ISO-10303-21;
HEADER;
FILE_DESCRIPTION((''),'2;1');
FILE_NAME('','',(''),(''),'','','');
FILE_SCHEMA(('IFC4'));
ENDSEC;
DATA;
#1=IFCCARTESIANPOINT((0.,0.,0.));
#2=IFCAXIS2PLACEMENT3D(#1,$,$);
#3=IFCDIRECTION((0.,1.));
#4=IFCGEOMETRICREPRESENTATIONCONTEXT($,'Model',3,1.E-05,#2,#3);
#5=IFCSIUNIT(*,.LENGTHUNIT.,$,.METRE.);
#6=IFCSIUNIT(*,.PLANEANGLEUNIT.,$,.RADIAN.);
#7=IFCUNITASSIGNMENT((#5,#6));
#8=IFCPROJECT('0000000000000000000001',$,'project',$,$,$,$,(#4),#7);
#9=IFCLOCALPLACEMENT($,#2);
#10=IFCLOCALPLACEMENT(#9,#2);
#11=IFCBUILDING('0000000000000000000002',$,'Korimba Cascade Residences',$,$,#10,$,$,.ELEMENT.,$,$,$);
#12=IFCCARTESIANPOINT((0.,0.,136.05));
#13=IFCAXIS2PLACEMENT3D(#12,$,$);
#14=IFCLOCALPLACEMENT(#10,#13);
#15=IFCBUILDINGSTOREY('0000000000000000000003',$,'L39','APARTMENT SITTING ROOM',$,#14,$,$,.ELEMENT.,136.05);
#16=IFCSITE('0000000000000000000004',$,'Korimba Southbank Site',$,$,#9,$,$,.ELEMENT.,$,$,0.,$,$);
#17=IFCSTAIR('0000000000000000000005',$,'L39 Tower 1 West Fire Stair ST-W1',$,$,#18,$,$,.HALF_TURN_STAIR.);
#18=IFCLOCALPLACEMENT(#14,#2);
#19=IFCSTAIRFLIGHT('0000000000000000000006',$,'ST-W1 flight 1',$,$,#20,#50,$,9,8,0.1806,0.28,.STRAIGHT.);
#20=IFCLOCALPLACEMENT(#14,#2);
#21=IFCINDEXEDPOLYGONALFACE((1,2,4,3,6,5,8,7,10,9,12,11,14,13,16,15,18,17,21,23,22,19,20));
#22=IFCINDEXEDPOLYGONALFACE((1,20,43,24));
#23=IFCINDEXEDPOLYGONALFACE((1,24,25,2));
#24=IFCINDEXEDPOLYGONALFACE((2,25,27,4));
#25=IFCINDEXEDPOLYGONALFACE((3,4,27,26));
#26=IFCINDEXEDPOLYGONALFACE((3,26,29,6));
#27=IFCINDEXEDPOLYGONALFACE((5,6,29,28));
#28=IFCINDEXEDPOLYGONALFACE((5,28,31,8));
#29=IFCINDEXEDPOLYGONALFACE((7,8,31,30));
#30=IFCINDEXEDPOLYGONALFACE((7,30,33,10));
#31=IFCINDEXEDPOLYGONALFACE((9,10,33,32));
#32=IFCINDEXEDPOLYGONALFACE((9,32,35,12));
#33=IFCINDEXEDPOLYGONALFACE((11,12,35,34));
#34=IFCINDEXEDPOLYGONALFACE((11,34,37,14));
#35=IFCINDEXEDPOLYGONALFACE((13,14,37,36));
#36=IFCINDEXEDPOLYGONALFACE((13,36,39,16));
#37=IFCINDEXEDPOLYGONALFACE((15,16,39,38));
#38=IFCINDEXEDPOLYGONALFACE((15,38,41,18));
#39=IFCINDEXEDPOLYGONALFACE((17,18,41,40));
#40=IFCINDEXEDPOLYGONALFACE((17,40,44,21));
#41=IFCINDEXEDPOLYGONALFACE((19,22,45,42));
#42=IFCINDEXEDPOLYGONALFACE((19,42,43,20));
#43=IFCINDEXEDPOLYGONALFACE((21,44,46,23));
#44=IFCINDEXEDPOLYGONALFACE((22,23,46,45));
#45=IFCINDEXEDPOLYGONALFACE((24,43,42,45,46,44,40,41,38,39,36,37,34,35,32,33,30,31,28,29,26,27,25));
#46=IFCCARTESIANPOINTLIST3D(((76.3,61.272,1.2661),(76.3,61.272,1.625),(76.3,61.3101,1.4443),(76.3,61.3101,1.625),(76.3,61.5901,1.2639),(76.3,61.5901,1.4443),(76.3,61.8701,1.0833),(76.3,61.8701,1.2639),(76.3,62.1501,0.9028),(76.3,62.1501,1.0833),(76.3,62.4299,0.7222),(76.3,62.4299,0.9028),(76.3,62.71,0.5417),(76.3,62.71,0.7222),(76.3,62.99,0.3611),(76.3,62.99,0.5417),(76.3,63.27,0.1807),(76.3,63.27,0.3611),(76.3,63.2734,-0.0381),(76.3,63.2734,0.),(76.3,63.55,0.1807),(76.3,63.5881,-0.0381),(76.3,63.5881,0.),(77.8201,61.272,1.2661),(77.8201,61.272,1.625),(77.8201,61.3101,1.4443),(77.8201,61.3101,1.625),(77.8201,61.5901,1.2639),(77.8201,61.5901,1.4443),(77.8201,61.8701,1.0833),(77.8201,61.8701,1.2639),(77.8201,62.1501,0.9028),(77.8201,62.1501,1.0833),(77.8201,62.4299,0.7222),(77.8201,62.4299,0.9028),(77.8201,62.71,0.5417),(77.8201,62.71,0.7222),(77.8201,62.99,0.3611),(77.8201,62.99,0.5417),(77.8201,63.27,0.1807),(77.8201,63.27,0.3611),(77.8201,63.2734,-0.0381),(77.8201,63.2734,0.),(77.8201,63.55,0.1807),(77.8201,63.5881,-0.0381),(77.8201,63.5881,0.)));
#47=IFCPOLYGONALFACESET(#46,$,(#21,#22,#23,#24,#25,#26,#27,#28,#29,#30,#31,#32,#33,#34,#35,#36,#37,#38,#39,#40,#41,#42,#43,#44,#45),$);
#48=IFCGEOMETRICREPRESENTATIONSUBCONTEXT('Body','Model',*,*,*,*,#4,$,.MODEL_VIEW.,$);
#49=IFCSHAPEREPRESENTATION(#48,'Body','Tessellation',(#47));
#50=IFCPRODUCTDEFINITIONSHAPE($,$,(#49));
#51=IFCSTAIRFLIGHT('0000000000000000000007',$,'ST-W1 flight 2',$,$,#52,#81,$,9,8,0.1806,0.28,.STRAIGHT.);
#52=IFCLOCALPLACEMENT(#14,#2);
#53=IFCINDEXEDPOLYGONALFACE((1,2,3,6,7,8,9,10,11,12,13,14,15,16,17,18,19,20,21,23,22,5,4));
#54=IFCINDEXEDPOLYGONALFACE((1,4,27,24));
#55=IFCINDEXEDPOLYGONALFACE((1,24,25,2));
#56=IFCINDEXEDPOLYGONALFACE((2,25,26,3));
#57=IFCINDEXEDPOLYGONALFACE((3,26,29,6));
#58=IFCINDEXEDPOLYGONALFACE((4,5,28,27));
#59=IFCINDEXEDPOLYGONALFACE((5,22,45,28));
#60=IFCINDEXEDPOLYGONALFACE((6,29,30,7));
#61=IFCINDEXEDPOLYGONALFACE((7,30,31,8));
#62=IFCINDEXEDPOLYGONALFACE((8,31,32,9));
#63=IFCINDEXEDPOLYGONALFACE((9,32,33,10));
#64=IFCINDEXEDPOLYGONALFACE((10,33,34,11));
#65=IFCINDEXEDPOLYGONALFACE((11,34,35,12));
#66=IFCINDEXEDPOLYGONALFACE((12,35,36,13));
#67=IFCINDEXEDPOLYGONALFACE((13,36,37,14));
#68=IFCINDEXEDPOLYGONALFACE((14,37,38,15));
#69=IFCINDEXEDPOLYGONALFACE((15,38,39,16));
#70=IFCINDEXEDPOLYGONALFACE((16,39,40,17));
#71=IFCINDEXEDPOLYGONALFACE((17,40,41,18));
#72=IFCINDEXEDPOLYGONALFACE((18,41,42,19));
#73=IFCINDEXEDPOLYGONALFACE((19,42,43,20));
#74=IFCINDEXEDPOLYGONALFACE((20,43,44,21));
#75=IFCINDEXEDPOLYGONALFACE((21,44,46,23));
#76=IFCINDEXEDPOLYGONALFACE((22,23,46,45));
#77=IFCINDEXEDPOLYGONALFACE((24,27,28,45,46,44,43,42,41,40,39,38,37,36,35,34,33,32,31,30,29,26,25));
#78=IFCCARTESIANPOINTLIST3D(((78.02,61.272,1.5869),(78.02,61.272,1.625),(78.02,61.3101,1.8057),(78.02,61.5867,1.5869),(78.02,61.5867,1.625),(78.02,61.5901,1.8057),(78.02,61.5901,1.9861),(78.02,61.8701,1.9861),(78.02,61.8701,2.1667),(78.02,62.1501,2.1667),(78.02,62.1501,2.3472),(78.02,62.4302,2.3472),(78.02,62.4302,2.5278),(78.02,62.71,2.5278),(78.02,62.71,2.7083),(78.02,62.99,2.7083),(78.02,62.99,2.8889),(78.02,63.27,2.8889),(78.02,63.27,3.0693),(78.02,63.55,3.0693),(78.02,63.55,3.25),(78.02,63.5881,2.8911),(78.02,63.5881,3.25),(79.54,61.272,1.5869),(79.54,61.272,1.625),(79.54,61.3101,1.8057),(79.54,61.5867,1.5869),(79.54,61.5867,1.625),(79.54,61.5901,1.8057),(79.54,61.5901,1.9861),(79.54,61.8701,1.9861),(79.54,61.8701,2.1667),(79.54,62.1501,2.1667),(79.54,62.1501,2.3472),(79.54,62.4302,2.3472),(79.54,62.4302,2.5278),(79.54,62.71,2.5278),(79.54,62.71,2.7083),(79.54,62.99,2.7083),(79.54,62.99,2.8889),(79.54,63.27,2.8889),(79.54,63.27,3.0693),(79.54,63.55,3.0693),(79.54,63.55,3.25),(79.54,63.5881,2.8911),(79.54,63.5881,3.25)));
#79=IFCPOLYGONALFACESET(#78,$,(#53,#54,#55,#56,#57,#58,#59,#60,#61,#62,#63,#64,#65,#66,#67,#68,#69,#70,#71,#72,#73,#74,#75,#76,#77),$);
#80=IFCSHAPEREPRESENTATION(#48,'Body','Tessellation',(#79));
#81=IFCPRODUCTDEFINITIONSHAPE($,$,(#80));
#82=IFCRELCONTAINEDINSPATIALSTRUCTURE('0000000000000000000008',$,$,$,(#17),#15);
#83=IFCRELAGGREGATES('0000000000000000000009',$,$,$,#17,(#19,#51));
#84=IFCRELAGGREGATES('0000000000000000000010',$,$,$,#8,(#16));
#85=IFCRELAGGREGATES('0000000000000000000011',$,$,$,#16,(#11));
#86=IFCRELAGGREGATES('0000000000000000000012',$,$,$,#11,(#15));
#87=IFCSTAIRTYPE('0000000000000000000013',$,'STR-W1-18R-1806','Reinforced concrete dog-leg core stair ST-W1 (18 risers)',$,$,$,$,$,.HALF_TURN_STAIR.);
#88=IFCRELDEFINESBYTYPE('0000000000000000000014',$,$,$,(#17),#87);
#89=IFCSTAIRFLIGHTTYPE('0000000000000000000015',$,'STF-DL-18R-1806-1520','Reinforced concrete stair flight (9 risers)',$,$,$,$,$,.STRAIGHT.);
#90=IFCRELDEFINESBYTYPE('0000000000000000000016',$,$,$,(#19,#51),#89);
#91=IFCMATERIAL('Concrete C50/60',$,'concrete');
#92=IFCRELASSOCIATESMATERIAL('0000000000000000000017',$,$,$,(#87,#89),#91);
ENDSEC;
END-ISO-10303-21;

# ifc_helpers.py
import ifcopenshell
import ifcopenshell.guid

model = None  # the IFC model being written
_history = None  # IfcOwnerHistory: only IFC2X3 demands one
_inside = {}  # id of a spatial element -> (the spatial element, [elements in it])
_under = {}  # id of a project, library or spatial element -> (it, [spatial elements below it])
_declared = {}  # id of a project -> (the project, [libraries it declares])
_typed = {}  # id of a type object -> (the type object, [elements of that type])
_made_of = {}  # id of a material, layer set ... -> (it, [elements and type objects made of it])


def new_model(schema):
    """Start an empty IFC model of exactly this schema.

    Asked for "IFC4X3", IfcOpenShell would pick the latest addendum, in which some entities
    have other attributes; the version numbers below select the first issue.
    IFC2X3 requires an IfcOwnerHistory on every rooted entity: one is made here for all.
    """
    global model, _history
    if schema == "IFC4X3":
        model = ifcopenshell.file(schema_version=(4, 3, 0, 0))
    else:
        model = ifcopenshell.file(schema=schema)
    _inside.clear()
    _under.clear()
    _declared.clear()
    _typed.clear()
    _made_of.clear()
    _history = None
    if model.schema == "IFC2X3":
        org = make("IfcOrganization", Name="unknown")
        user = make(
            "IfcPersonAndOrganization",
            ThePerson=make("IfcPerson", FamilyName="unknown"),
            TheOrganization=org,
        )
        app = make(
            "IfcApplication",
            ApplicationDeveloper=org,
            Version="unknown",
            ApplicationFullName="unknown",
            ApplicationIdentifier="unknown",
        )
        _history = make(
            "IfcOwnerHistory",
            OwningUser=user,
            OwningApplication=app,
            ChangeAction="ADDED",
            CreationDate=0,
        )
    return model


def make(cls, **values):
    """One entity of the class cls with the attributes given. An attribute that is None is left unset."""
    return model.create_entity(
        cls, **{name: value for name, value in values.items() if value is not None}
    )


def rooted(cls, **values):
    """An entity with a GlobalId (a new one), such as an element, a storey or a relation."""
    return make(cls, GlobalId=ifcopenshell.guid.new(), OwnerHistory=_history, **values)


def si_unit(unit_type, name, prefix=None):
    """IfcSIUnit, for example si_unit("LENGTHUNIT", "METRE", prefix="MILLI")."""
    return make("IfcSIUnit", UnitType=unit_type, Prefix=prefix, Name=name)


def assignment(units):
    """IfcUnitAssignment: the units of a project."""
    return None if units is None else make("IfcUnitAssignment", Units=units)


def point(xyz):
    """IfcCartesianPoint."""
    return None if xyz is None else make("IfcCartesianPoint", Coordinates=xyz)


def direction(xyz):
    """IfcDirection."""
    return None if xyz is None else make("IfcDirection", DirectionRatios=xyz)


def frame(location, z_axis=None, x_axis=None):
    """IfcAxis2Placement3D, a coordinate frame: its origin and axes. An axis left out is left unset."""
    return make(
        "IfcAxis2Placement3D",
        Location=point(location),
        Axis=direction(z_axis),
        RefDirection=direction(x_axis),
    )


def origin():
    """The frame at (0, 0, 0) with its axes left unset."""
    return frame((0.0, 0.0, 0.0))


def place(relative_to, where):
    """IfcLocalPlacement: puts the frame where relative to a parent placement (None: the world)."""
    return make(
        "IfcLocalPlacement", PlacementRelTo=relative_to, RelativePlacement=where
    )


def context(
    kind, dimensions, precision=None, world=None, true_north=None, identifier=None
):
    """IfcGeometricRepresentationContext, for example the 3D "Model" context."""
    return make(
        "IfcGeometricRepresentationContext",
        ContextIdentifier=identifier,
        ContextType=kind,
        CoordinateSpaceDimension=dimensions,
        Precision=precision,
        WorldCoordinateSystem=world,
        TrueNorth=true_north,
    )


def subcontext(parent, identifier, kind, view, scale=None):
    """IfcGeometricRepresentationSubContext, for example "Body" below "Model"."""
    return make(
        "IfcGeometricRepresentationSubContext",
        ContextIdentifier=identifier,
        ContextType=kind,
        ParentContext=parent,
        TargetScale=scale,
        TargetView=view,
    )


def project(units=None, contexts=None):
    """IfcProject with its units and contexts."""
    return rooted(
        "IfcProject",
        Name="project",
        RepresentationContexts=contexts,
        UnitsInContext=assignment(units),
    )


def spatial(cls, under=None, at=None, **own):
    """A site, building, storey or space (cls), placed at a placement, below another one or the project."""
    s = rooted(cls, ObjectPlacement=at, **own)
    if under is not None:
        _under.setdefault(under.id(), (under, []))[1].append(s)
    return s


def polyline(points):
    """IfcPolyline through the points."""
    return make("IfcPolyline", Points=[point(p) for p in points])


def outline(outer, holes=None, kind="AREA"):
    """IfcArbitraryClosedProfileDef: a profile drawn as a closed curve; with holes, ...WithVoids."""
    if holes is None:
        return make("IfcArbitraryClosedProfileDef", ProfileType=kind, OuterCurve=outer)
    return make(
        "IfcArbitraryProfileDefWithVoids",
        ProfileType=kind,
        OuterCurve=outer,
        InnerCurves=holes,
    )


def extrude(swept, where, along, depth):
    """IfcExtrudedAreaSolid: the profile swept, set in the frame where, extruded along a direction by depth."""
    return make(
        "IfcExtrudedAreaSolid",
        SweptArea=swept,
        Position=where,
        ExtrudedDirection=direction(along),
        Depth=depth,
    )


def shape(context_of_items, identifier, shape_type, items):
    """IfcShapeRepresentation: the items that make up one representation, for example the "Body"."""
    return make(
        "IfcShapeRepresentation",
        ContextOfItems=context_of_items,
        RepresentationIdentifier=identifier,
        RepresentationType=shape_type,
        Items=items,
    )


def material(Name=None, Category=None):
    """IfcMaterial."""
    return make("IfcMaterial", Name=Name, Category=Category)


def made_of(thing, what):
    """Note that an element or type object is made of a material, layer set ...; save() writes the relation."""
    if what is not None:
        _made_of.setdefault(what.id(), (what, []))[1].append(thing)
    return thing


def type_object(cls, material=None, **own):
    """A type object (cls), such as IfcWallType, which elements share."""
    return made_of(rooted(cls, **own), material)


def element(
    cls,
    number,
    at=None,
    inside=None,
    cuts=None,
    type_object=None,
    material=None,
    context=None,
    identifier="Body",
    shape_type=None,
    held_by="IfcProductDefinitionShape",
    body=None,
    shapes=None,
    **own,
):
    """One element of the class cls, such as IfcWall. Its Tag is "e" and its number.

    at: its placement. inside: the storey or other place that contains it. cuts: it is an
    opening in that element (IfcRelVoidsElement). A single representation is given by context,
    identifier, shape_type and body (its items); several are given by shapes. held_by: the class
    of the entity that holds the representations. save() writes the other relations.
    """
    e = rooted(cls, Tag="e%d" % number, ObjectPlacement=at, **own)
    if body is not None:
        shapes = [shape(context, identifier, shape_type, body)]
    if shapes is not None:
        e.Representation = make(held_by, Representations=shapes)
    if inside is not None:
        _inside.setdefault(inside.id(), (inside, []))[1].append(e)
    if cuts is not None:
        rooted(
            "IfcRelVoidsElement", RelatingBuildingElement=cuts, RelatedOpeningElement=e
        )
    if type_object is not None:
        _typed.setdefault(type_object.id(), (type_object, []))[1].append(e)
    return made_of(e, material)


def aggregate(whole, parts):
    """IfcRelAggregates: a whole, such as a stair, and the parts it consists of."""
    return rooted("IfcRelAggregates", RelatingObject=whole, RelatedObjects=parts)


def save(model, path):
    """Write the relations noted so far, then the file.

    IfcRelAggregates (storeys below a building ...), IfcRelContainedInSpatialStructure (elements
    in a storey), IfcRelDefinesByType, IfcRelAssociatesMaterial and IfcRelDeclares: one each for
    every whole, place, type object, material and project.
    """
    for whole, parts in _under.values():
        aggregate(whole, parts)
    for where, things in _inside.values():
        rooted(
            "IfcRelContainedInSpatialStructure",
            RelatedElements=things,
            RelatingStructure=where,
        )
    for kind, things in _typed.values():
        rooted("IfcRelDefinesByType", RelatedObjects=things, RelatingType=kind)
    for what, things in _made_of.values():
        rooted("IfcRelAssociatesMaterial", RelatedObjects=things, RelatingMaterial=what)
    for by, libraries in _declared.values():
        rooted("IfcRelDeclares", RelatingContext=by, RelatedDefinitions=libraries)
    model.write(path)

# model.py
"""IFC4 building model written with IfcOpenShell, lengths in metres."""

from ifc_helpers import new_model, si_unit, direction, frame, origin, place, context, subcontext, project, spatial, polyline, outline, extrude, material, type_object, element, aggregate, save


model = new_model("IFC4")

# Units and contexts
model_context = context("Model", 3, precision=1e-05, world=origin(), true_north=direction((0.0, 1.0)))
body_context = subcontext(model_context, "Body", "Model", "MODEL_VIEW")
ifc_project = project(units=[si_unit("LENGTHUNIT", "METRE"), si_unit("PLANEANGLEUNIT", "RADIAN")], contexts=[model_context])

# Site, building, storey
site_placement = place(None, origin())
site = spatial("IfcSite", under=ifc_project, at=site_placement, Name="Korimba Southbank Site", CompositionType="ELEMENT", RefElevation=0.0)
building_placement = place(site_placement, origin())
building = spatial("IfcBuilding", under=site, at=building_placement, Name="Korimba Cascade Residences", CompositionType="ELEMENT")
storey_placement = place(building_placement, frame((0.0, 0.0, 136.05)))
storey = spatial("IfcBuildingStorey", under=building, at=storey_placement, Name="L39", Description="APARTMENT SITTING ROOM", CompositionType="ELEMENT", Elevation=136.05)

# Shared definitions
ifc_material_1 = material(Name="Concrete C50/60", Category="concrete")

# Stair, stair flights
stair_type = type_object("IfcStairType", Name="STR-W1-18R-1806", Description="Reinforced concrete dog-leg core stair ST-W1 (18 risers)", PredefinedType="HALF_TURN_STAIR", material=ifc_material_1)
stair_placement = place(storey_placement, origin())
stair = element("IfcStair", 1, at=stair_placement, inside=storey, type_object=stair_type, Name="L39 Tower 1 West Fire Stair ST-W1", PredefinedType="HALF_TURN_STAIR")
stair_flight_type = type_object("IfcStairFlightType", Name="STF-DL-18R-1806-1520", Description="Reinforced concrete stair flight (9 risers)", PredefinedType="STRAIGHT", material=ifc_material_1)
stair_flight_1_placement = place(storey_placement, frame((77.0601, 63.55, 0.0), z_axis=(0.0, 0.0, 1.0), x_axis=(0.0, -1.0, 0.0)))
stair_flight_1 = element("IfcStairFlight", 2, at=stair_flight_1_placement, type_object=stair_flight_type, Name="ST-W1 flight 1", NumberOfRisers=9, NumberOfTreads=8, PredefinedType="STRAIGHT", RiserHeight=0.1806, TreadLength=0.28, context=body_context, shape_type="SweptSolid", body=[
    extrude(outline(polyline([(-0.0381, 0.0), (0.0, 0.1807), (0.28, 0.1807), (0.28, 0.3611), (0.5601, 0.3611), (0.5601, 0.5417), (0.8401, 0.5417), (0.8401, 0.7222), (1.1201, 0.7222), (1.1201, 0.9028), (1.3999, 0.9028), (1.3999, 1.0833), (1.6799, 1.0833), (1.6799, 1.2639), (1.96, 1.2639), (1.96, 1.4443), (2.24, 1.4443), (2.24, 1.625), (2.2781, 1.625), (2.2781, 1.2661), (0.2766, 0.0), (0.2766, -0.0381), (-0.0381, -0.0381), (-0.0381, 0.0)])), frame((0.0, 0.76, 0.0), z_axis=(0.0, -1.0, 0.0), x_axis=(1.0, 0.0, 0.0)), (0.0, 0.0, 1.0), 1.52),
])
stair_flight_2_placement = place(storey_placement, frame((78.78, 61.3101, 1.625), z_axis=(0.0, 0.0, 1.0), x_axis=(0.0, 1.0, 0.0)))
stair_flight_2 = element("IfcStairFlight", 3, at=stair_flight_2_placement, type_object=stair_flight_type, Name="ST-W1 flight 2", NumberOfRisers=9, NumberOfTreads=8, PredefinedType="STRAIGHT", RiserHeight=0.1806, TreadLength=0.28, context=body_context, shape_type="SweptSolid", body=[
    extrude(outline(polyline([(-0.0381, 0.0), (0.0, 0.1807), (0.28, 0.1807), (0.28, 0.3611), (0.5601, 0.3611), (0.5601, 0.5417), (0.8401, 0.5417), (0.8401, 0.7222), (1.1201, 0.7222), (1.1201, 0.9028), (1.3999, 0.9028), (1.3999, 1.0833), (1.6799, 1.0833), (1.6799, 1.2639), (1.96, 1.2639), (1.96, 1.4443), (2.24, 1.4443), (2.24, 1.625), (2.2781, 1.625), (2.2781, 1.2661), (0.2766, 0.0), (0.2766, -0.0381), (-0.0381, -0.0381), (-0.0381, 0.0)])), frame((0.0, 0.76, 0.0), z_axis=(0.0, -1.0, 0.0), x_axis=(1.0, 0.0, 0.0)), (0.0, 0.0, 1.0), 1.52),
])
aggregate(stair, [stair_flight_1, stair_flight_2])

save(model, "model.ifc")
